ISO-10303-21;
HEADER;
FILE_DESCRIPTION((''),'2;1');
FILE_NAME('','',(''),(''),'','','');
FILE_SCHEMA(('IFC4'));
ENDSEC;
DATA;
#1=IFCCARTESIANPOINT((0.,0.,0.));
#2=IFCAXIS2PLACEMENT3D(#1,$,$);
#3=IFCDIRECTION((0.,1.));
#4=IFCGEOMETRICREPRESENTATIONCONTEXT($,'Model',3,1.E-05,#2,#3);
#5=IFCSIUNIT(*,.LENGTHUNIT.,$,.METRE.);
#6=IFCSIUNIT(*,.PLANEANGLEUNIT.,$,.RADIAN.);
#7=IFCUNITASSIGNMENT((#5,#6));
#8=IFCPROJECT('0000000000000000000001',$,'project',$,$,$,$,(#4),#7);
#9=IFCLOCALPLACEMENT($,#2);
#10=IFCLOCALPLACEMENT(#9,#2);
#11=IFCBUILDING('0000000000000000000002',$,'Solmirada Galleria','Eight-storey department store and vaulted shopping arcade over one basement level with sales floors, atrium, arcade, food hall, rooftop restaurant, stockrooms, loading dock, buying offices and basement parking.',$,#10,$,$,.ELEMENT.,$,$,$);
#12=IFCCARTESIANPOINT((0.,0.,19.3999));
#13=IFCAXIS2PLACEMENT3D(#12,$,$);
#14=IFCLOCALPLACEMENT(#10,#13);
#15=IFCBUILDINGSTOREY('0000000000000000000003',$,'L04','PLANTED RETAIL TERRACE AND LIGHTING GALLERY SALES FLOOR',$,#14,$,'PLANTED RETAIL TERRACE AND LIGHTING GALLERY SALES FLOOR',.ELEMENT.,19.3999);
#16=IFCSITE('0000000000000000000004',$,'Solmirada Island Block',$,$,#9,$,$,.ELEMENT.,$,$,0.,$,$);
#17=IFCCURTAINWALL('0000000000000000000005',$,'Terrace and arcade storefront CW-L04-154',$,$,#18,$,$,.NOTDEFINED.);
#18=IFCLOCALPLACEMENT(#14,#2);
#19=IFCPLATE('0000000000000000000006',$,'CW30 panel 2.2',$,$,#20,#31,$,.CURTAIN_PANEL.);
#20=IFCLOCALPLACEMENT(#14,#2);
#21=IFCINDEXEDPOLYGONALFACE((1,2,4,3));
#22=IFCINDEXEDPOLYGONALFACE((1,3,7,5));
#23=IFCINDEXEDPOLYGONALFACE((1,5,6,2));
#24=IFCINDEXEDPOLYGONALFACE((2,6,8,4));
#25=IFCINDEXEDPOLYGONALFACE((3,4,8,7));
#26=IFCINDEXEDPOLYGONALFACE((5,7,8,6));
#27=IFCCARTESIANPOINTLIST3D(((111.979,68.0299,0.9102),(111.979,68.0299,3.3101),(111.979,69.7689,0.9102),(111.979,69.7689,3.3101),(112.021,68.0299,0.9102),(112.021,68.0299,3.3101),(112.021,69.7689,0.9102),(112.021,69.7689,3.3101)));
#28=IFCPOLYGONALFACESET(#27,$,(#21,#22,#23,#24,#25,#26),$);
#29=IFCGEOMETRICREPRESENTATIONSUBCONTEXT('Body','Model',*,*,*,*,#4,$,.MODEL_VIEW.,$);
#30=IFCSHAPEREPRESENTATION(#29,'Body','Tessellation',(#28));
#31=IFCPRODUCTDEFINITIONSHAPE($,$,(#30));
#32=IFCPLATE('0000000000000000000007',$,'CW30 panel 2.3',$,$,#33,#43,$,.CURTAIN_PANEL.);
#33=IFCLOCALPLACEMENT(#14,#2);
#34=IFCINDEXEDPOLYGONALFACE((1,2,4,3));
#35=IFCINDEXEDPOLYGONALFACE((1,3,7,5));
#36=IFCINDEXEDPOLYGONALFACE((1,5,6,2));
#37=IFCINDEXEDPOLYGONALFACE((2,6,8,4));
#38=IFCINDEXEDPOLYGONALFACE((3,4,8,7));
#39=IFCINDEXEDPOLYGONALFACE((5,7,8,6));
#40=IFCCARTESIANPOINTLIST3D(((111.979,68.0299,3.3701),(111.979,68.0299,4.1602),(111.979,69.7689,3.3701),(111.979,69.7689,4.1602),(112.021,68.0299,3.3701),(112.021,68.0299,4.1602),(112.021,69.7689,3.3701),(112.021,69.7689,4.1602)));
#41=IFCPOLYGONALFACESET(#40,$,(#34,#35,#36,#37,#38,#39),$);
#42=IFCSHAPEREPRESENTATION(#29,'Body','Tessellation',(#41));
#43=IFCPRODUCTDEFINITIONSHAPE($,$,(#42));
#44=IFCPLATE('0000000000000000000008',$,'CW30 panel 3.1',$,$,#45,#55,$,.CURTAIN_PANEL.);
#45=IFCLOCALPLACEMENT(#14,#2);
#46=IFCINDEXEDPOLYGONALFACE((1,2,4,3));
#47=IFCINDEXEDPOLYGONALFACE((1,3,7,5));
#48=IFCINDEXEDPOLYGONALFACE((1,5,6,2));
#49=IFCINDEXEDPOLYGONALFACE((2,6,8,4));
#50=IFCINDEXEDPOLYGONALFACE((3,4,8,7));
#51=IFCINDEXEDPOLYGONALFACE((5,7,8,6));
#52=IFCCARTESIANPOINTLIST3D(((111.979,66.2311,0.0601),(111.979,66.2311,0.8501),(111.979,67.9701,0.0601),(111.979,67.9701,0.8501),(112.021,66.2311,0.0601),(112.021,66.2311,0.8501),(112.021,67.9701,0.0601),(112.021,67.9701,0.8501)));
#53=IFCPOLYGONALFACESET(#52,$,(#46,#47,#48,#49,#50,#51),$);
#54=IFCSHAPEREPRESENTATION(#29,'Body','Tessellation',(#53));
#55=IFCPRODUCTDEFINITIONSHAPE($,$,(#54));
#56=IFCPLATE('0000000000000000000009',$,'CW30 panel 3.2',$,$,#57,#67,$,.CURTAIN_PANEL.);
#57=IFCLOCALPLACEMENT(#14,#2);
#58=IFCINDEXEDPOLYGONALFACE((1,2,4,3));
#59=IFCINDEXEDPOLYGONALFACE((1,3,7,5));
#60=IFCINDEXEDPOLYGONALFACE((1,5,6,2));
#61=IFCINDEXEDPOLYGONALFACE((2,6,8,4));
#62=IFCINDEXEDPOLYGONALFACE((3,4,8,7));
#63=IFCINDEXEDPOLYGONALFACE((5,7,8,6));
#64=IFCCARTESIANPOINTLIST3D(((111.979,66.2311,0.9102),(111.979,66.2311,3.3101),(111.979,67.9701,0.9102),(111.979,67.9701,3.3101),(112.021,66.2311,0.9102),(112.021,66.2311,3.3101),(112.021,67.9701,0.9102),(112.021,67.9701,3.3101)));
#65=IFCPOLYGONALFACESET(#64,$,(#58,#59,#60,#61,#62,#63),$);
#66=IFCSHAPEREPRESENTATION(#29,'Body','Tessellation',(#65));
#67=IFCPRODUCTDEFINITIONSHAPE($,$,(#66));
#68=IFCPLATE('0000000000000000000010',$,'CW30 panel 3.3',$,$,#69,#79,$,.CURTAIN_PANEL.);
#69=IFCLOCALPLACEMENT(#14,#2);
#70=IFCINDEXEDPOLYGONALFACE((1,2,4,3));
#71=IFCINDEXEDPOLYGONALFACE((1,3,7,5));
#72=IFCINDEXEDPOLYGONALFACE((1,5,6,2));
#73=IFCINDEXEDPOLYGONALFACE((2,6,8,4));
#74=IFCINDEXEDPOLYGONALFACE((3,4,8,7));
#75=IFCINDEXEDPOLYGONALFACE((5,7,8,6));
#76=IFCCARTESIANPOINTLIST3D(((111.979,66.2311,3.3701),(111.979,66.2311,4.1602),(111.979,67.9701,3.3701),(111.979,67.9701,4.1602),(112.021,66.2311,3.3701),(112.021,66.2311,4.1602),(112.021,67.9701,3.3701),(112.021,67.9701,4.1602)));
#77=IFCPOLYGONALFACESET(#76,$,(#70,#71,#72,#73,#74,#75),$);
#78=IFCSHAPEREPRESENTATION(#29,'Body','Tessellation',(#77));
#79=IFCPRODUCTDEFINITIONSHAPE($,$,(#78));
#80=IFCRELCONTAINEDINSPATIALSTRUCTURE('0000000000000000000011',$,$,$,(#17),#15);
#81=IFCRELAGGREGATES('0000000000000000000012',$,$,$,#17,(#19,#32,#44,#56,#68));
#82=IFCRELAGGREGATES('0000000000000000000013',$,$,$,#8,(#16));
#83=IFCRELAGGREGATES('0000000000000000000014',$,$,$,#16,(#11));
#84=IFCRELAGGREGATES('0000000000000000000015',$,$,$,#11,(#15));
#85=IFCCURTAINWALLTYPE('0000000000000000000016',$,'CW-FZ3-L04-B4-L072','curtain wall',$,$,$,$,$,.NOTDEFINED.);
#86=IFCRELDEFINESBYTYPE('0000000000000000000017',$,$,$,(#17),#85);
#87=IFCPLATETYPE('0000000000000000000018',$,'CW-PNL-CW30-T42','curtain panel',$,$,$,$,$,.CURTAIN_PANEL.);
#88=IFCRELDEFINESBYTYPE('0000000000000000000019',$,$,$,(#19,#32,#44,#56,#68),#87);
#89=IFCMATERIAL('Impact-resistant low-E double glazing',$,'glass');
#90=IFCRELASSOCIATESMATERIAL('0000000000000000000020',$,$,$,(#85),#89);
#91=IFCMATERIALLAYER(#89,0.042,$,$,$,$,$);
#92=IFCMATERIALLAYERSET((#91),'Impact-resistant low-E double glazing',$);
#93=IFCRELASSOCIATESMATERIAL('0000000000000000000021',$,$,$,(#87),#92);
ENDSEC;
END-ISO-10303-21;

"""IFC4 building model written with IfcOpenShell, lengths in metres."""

from ifc_helpers import new_model, si_unit, direction, frame, origin, origin_2d, place, context, subcontext, project, spatial, rectangle, extrude, material, layer, layer_set, type_object, element, aggregate, save


model = new_model("IFC4")

# Units and contexts
model_context = context("Model", 3, precision=1e-05, world=origin(), true_north=direction((0.0, 1.0)))
body_context = subcontext(model_context, "Body", "Model", "MODEL_VIEW")
ifc_project = project(units=[si_unit("LENGTHUNIT", "METRE"), si_unit("PLANEANGLEUNIT", "RADIAN")], contexts=[model_context])

# Site, building, storey
site_placement = place(None, origin())
site = spatial("IfcSite", under=ifc_project, at=site_placement, Name="Solmirada Island Block", CompositionType="ELEMENT", RefElevation=0.0)
building_placement = place(site_placement, origin())
building = spatial("IfcBuilding", under=site, at=building_placement, Name="Solmirada Galleria", Description="Eight-storey department store and vaulted shopping arcade over one basement level with sales floors, atrium, arcade, food hall, rooftop restaurant, stockrooms, loading dock, buying offices and basement parking.", CompositionType="ELEMENT")
storey_placement = place(building_placement, frame((0.0, 0.0, 19.3999)))
storey = spatial("IfcBuildingStorey", under=building, at=storey_placement, Name="L04", Description="PLANTED RETAIL TERRACE AND LIGHTING GALLERY SALES FLOOR", LongName="PLANTED RETAIL TERRACE AND LIGHTING GALLERY SALES FLOOR", CompositionType="ELEMENT", Elevation=19.3999)

# Curtain wall, plates
ifc_material_1 = material(Name="Impact-resistant low-E double glazing", Category="glass")
curtain_wall_type = type_object("IfcCurtainWallType", Name="CW-FZ3-L04-B4-L072", Description="curtain wall", PredefinedType="NOTDEFINED", material=ifc_material_1)
curtain_wall_placement = place(storey_placement, origin())
curtain_wall = element("IfcCurtainWall", 1, at=curtain_wall_placement, inside=storey, type_object=curtain_wall_type, Name="Terrace and arcade storefront CW-L04-154", PredefinedType="NOTDEFINED")
ifc_layer = layer(ifc_material_1, 0.042)
ifc_layer_set = layer_set([ifc_layer], Name="Impact-resistant low-E double glazing")
plate_type = type_object("IfcPlateType", Name="CW-PNL-CW30-T42", Description="curtain panel", PredefinedType="CURTAIN_PANEL", material=ifc_layer_set)
plate_1_placement = place(storey_placement, frame((112.0, 68.8994, 0.9102), z_axis=(0.0, 0.0, 1.0), x_axis=(0.0, -1.0, 0.0)))
plate_1 = element("IfcPlate", 2, at=plate_1_placement, type_object=plate_type, Name="CW30 panel 2.2", PredefinedType="CURTAIN_PANEL", context=body_context, shape_type="SweptSolid", body=[
    extrude(rectangle(XDim=1.739, YDim=0.042, at=origin_2d()), origin(), (0.0, 0.0, 1.0), 2.3999),
])
plate_2_placement = place(storey_placement, frame((112.0, 68.8994, 3.3701), z_axis=(0.0, 0.0, 1.0), x_axis=(0.0, -1.0, 0.0)))
plate_2 = element("IfcPlate", 3, at=plate_2_placement, type_object=plate_type, Name="CW30 panel 2.3", PredefinedType="CURTAIN_PANEL", context=body_context, shape_type="SweptSolid", body=[
    extrude(rectangle(XDim=1.739, YDim=0.042, at=origin_2d()), origin(), (0.0, 0.0, 1.0), 0.79),
])
plate_3_placement = place(storey_placement, frame((112.0, 67.1006, 0.0601), z_axis=(0.0, 0.0, 1.0), x_axis=(0.0, -1.0, 0.0)))
plate_3 = element("IfcPlate", 4, at=plate_3_placement, type_object=plate_type, Name="CW30 panel 3.1", PredefinedType="CURTAIN_PANEL", context=body_context, shape_type="SweptSolid", body=[
    extrude(rectangle(XDim=1.739, YDim=0.042, at=origin_2d()), origin(), (0.0, 0.0, 1.0), 0.79),
])
plate_4_placement = place(storey_placement, frame((112.0, 67.1006, 0.9102), z_axis=(0.0, 0.0, 1.0), x_axis=(0.0, -1.0, 0.0)))
plate_4 = element("IfcPlate", 5, at=plate_4_placement, type_object=plate_type, Name="CW30 panel 3.2", PredefinedType="CURTAIN_PANEL", context=body_context, shape_type="SweptSolid", body=[
    extrude(rectangle(XDim=1.739, YDim=0.042, at=origin_2d()), origin(), (0.0, 0.0, 1.0), 2.3999),
])
plate_5_placement = place(storey_placement, frame((112.0, 67.1006, 3.3701), z_axis=(0.0, 0.0, 1.0), x_axis=(0.0, -1.0, 0.0)))
plate_5 = element("IfcPlate", 6, at=plate_5_placement, type_object=plate_type, Name="CW30 panel 3.3", PredefinedType="CURTAIN_PANEL", context=body_context, shape_type="SweptSolid", body=[
    extrude(rectangle(XDim=1.739, YDim=0.042, at=origin_2d()), origin(), (0.0, 0.0, 1.0), 0.79),
])
aggregate(curtain_wall, [plate_1, plate_2, plate_3, plate_4, plate_5])

save(model, "model.ifc")
